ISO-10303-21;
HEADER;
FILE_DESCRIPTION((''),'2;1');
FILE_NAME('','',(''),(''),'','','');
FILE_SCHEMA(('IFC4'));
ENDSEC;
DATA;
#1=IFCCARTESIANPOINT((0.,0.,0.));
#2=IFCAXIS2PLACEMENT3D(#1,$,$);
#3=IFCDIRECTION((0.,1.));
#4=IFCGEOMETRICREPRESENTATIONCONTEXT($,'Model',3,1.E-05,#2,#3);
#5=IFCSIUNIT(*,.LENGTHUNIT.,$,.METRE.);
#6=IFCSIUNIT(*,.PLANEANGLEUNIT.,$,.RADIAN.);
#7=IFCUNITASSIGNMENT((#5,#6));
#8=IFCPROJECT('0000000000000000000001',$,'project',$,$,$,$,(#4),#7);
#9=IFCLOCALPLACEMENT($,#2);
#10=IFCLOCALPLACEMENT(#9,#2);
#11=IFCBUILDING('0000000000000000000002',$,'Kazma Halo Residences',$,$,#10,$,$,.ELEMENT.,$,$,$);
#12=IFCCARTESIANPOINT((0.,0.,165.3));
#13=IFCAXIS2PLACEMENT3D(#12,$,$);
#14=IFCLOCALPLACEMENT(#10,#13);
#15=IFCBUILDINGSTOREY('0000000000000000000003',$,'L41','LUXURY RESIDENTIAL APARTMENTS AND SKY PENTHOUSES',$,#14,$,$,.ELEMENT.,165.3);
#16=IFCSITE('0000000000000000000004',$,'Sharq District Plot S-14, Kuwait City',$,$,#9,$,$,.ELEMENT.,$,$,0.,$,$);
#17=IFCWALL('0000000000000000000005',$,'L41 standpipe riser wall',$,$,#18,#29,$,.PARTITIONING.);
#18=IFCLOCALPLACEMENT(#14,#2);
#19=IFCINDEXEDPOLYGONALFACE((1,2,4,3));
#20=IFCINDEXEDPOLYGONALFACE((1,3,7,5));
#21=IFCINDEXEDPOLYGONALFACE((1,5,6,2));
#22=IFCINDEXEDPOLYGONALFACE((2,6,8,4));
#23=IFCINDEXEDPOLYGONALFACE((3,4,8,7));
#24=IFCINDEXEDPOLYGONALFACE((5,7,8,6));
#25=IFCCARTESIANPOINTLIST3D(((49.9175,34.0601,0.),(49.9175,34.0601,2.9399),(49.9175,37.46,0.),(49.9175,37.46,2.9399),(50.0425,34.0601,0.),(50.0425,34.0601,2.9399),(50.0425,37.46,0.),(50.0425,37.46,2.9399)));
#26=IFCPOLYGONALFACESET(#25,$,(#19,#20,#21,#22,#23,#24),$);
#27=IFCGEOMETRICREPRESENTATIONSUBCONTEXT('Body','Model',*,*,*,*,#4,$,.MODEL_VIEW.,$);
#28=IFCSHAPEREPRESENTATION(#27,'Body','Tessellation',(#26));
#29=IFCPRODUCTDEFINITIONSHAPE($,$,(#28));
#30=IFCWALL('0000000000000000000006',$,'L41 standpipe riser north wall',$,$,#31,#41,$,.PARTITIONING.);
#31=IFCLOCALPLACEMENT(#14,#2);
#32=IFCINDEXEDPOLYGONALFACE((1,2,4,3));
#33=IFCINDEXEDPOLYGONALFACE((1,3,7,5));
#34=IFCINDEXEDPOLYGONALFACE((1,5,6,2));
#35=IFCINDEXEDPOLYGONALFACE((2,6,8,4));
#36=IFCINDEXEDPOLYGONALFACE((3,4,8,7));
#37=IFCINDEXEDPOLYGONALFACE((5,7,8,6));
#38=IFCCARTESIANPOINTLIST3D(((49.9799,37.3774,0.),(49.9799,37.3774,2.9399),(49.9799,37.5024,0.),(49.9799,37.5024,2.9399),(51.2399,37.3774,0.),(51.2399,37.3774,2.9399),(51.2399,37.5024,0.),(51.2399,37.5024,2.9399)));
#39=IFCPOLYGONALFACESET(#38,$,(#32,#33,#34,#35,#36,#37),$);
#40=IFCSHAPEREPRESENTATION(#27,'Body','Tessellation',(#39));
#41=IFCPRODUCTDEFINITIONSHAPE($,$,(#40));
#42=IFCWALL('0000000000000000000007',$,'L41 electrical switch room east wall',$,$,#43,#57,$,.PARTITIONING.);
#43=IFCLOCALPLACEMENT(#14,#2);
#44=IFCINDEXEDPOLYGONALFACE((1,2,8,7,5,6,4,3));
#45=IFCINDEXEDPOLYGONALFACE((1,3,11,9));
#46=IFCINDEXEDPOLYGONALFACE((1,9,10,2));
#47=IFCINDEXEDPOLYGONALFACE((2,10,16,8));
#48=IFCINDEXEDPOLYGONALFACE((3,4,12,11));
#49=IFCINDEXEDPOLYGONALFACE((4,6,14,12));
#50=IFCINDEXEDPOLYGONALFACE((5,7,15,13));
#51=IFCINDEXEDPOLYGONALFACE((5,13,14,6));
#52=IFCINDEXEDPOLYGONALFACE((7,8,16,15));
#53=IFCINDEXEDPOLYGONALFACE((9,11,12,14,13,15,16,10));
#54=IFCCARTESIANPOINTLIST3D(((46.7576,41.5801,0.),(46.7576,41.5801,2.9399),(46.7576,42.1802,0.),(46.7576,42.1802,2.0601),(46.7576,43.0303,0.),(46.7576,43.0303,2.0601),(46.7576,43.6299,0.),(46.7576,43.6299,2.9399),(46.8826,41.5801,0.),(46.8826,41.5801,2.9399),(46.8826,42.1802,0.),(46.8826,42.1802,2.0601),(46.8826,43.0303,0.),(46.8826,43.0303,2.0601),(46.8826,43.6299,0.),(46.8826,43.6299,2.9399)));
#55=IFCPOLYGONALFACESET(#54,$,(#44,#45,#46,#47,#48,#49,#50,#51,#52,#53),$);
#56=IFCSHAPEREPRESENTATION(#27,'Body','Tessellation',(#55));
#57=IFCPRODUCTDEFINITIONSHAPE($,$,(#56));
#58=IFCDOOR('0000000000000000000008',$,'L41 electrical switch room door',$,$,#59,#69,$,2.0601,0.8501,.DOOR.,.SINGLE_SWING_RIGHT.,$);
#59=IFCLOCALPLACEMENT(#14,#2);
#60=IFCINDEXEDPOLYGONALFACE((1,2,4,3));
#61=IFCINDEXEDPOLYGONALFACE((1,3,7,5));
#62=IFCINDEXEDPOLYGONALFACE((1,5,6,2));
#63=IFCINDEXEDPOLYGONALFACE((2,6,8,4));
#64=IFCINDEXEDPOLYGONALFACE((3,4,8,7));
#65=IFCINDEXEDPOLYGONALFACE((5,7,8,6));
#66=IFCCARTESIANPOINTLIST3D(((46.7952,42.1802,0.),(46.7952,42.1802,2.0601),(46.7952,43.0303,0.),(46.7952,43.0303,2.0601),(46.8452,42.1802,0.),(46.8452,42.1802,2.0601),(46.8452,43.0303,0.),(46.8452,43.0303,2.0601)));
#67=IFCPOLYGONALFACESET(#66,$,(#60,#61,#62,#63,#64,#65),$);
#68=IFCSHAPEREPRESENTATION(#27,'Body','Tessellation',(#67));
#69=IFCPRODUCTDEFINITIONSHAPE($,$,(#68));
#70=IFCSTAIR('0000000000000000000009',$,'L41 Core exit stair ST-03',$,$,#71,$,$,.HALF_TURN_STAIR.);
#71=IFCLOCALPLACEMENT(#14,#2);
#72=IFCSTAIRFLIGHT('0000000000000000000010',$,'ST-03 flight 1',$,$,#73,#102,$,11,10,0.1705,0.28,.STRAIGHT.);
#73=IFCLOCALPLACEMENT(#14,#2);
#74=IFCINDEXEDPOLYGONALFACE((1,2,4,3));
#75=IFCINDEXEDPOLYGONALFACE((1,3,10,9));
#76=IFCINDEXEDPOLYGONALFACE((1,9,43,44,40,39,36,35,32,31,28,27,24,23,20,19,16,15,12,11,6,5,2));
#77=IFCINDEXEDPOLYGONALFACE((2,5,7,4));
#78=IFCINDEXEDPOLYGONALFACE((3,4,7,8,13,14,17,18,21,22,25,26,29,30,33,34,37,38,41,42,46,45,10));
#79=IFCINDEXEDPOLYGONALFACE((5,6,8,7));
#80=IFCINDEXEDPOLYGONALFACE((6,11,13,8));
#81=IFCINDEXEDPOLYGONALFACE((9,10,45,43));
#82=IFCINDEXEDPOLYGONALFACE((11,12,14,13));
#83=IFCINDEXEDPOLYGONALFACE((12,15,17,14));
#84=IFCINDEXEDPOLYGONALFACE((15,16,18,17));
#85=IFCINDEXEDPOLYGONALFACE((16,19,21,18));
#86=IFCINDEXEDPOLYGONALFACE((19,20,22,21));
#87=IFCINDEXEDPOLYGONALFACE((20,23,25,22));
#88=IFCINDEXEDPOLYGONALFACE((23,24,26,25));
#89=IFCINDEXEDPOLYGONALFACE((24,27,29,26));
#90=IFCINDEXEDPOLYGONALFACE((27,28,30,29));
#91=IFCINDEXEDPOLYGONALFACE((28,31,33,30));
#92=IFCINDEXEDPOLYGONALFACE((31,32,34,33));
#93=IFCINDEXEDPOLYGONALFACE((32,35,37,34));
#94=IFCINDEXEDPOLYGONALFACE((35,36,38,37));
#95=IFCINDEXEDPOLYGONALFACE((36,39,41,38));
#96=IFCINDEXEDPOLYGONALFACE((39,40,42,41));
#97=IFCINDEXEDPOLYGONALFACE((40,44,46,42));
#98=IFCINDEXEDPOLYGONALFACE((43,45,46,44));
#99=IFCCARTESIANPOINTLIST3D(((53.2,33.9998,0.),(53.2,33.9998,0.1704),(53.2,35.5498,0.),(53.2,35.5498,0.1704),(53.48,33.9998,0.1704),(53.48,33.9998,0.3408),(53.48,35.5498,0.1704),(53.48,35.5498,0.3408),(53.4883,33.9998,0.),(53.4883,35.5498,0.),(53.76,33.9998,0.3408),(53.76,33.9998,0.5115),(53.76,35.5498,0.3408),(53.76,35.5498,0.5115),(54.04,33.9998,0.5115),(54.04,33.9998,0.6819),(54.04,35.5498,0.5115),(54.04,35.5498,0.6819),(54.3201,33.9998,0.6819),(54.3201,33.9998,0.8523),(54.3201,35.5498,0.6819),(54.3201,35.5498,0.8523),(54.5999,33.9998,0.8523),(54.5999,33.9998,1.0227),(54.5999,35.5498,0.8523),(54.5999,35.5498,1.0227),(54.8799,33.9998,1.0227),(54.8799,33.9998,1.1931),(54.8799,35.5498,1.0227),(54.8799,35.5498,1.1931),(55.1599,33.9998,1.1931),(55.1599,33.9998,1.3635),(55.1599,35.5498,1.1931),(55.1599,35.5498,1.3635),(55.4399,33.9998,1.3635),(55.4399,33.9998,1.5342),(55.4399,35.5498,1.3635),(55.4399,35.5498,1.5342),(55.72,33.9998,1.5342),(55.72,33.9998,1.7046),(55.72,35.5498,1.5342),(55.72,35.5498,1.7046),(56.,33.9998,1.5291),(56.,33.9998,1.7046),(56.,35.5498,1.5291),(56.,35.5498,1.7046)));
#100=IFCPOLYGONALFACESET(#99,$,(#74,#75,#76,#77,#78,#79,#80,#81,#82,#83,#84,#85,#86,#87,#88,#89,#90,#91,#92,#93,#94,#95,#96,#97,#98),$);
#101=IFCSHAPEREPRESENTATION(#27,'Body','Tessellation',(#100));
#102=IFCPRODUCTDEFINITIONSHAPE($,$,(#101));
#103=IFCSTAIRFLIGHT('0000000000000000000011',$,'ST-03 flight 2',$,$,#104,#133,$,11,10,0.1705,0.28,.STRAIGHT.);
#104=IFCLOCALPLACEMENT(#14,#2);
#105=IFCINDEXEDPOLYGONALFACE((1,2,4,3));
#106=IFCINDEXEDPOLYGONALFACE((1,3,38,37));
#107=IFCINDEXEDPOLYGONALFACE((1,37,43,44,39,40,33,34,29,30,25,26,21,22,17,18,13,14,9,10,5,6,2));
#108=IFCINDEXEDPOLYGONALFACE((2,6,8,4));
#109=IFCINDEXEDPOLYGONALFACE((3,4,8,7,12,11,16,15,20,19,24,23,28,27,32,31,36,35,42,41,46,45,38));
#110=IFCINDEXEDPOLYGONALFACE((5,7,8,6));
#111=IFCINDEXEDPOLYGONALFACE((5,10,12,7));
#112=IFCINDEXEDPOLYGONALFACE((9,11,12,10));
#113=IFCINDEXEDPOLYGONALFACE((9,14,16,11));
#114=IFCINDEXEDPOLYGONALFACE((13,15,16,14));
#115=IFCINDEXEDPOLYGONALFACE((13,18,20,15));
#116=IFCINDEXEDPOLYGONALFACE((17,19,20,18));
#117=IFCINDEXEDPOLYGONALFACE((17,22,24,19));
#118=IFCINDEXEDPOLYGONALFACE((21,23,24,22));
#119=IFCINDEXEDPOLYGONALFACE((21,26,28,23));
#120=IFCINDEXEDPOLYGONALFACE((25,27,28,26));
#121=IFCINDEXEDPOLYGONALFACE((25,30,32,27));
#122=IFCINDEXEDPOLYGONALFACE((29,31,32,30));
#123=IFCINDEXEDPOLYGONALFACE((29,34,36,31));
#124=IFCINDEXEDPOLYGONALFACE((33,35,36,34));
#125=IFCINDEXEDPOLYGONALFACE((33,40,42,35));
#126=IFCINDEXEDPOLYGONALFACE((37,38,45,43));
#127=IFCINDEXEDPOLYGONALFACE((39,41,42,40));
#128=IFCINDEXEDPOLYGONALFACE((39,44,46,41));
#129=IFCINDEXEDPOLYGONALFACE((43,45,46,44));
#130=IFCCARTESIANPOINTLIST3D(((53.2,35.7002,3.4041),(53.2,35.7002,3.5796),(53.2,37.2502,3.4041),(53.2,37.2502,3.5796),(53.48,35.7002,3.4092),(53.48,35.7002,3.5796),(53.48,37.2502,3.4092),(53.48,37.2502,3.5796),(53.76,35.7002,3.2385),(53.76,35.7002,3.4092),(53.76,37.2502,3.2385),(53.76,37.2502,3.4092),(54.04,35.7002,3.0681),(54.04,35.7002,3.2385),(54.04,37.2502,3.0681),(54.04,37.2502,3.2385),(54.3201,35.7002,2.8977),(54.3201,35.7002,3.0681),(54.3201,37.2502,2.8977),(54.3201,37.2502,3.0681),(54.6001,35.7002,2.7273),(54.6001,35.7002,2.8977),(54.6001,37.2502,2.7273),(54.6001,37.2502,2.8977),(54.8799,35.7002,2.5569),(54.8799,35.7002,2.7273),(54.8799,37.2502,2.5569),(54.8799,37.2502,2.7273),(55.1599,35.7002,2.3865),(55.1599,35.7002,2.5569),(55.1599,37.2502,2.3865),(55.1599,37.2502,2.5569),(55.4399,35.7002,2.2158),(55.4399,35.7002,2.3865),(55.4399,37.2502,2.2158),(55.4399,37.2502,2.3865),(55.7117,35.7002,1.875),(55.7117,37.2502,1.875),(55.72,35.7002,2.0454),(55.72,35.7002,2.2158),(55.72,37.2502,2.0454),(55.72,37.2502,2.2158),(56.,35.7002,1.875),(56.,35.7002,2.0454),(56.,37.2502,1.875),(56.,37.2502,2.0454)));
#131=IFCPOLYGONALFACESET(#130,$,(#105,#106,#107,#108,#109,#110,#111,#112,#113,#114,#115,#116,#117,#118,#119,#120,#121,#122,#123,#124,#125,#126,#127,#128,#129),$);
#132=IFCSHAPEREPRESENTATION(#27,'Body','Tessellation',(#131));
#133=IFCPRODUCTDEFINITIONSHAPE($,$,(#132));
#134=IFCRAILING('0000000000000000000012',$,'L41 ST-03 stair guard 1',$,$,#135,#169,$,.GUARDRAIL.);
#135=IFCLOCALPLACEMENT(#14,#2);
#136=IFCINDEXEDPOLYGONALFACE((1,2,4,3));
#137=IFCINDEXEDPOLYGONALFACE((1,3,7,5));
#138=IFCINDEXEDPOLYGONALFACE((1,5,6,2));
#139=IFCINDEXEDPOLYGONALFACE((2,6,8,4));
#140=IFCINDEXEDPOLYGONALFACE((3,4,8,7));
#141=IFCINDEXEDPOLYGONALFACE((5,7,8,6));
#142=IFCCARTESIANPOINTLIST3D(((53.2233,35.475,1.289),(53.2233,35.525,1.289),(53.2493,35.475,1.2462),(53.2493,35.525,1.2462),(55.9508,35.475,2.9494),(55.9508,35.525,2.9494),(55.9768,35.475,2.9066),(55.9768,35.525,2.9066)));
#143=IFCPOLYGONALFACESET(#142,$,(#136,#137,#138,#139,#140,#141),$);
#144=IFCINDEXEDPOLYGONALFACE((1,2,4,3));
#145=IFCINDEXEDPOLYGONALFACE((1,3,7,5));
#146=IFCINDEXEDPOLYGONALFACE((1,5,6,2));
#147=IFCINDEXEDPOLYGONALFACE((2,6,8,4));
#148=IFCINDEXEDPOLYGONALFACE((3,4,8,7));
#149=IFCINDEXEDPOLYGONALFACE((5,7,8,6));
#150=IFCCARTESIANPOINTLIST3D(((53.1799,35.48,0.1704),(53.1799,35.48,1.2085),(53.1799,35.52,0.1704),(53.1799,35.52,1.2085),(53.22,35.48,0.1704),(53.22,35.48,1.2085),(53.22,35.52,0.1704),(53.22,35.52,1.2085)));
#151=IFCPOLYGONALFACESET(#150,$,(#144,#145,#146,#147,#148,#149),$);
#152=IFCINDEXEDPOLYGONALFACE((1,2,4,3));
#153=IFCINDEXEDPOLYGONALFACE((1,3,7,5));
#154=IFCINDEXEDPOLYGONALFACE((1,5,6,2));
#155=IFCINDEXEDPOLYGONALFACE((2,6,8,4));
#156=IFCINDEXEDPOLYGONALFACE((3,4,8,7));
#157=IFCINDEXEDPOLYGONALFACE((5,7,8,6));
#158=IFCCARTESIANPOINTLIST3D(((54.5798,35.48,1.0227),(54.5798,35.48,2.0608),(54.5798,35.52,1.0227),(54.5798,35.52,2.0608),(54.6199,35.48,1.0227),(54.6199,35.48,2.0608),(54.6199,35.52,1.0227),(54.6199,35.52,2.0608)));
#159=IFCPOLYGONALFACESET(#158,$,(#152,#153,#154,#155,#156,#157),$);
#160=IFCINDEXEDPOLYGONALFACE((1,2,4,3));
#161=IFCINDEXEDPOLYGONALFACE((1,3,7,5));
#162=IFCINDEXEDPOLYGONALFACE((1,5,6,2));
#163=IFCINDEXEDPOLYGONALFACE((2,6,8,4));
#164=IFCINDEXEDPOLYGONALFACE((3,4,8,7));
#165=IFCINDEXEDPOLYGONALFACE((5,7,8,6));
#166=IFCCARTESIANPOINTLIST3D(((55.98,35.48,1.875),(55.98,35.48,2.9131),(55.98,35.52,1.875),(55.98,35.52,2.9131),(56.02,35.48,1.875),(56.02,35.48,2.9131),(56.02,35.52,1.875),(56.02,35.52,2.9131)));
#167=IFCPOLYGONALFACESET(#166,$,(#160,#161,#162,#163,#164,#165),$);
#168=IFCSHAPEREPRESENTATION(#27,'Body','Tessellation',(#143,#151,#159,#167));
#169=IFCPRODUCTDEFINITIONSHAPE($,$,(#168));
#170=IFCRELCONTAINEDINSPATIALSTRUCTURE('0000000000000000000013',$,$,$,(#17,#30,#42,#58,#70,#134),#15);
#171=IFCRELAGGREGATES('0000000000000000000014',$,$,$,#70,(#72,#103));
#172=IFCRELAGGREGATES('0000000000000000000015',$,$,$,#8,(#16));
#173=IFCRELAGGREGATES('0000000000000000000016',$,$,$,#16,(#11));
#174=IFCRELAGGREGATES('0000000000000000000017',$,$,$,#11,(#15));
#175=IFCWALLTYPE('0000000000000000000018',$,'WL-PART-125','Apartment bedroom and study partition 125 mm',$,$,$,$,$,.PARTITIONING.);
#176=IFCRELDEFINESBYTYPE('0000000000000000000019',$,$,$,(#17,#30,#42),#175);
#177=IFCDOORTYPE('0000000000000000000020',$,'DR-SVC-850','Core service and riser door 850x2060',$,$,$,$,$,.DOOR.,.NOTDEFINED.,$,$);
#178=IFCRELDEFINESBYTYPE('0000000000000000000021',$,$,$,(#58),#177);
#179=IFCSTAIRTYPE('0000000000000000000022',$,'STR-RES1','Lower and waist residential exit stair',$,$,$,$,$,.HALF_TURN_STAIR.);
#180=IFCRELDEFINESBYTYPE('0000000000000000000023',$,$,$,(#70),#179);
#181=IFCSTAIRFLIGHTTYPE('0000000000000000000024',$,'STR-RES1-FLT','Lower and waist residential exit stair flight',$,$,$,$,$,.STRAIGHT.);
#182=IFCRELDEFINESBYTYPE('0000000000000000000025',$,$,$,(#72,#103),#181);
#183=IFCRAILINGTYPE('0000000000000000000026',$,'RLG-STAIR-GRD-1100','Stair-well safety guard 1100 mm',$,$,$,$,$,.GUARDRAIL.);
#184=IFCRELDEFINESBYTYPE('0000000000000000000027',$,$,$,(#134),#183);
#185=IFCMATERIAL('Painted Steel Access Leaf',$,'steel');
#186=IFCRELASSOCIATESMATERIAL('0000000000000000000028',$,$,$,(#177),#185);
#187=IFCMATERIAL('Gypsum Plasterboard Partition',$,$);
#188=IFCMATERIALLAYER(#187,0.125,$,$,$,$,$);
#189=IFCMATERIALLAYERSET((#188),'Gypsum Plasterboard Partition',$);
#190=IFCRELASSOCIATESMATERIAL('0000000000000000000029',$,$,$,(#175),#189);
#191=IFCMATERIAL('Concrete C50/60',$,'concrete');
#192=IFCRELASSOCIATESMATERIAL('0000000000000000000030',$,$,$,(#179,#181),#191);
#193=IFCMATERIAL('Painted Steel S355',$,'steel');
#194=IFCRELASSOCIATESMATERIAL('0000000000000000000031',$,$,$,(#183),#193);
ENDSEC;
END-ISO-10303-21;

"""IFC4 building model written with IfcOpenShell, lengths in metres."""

from ifc_helpers import new_model, si_unit, direction, frame, frame_2d, origin, origin_2d, place, context, subcontext, project, spatial, polyline, rectangle, outline, extrude, material, layer, layer_set, type_object, element, fill, aggregate, save


model = new_model("IFC4")

# Units and contexts
model_context = context("Model", 3, precision=1e-05, world=origin(), true_north=direction((0.0, 1.0)))
body_context = subcontext(model_context, "Body", "Model", "MODEL_VIEW")
ifc_project = project(units=[si_unit("LENGTHUNIT", "METRE"), si_unit("PLANEANGLEUNIT", "RADIAN")], contexts=[model_context])

# Site, building, storey
site_placement = place(None, origin())
site = spatial("IfcSite", under=ifc_project, at=site_placement, Name="Sharq District Plot S-14, Kuwait City", CompositionType="ELEMENT", RefElevation=0.0)
building_placement = place(site_placement, origin())
building = spatial("IfcBuilding", under=site, at=building_placement, Name="Kazma Halo Residences", CompositionType="ELEMENT")
storey_placement = place(building_placement, frame((0.0, 0.0, 165.3)))
storey = spatial("IfcBuildingStorey", under=building, at=storey_placement, Name="L41", Description="LUXURY RESIDENTIAL APARTMENTS AND SKY PENTHOUSES", CompositionType="ELEMENT", Elevation=165.3)

# Shared definitions
ifc_material_1 = material(Name="Painted Steel Access Leaf", Category="steel")
door_type_1 = type_object("IfcDoorType", Name="DR-SVC-850", Description="Core service and riser door 850x2060", OperationType="NOTDEFINED", PredefinedType="DOOR", material=ifc_material_1)

# Walls
ifc_material_2 = material(Name="Gypsum Plasterboard Partition")
ifc_layer_1 = layer(ifc_material_2, 0.125)
ifc_layer_set_1 = layer_set([ifc_layer_1], Name="Gypsum Plasterboard Partition")
wall_type_1 = type_object("IfcWallType", Name="WL-PART-125", Description="Apartment bedroom and study partition 125 mm", PredefinedType="PARTITIONING", material=ifc_layer_set_1)
wall_1_placement = place(storey_placement, frame((49.98, 34.0601, 0.0), z_axis=(0.0, 0.0, 1.0), x_axis=(0.0, 1.0, 0.0)))
element("IfcWall", 1, at=wall_1_placement, inside=storey, type_object=wall_type_1, Name="L41 standpipe riser wall", PredefinedType="PARTITIONING", context=body_context, shape_type="SweptSolid", body=[
    extrude(rectangle(XDim=3.3999, YDim=0.125, at=frame_2d((1.7, 0.0))), origin(), (0.0, 0.0, 1.0), 2.9399),
])
wall_2_placement = place(storey_placement, frame((49.98, 37.4399, 0.0), z_axis=(0.0, 0.0, 1.0), x_axis=(1.0, 0.0, 0.0)))
element("IfcWall", 2, at=wall_2_placement, inside=storey, type_object=wall_type_1, Name="L41 standpipe riser north wall", PredefinedType="PARTITIONING", context=body_context, shape_type="SweptSolid", body=[
    extrude(rectangle(XDim=1.26, YDim=0.125, at=frame_2d((0.6299, 0.0))), origin(), (0.0, 0.0, 1.0), 2.9399),
])

# Wall, opening, door
wall_3_placement = place(storey_placement, frame((46.8201, 41.5801, 0.0), z_axis=(0.0, 0.0, 1.0), x_axis=(0.0, 1.0, 0.0)))
wall_3 = element("IfcWall", 3, at=wall_3_placement, inside=storey, type_object=wall_type_1, Name="L41 electrical switch room east wall", PredefinedType="PARTITIONING", context=body_context, shape_type="SweptSolid", body=[
    extrude(rectangle(XDim=2.0498, YDim=0.125, at=frame_2d((1.0249, 0.0))), origin(), (0.0, 0.0, 1.0), 2.9399),
])
opening_1_placement = place(wall_3_placement, frame((0.6001, 0.0, 0.0)))
opening_1 = element("IfcOpeningElement", 4, at=opening_1_placement, cuts=wall_3, PredefinedType="OPENING", context=body_context, shape_type="SweptSolid", body=[
    extrude(rectangle(XDim=0.8501, YDim=2.0601, at=frame_2d((0.425, 1.03))), frame((0.0, 0.0725, 0.0), z_axis=(0.0, -1.0, 0.0), x_axis=(1.0, 0.0, 0.0)), (0.0, 0.0, 1.0), 0.145),
])
door_1_placement = place(opening_1_placement, origin())
door_1 = element("IfcDoor", 5, at=door_1_placement, inside=storey, type_object=door_type_1, Name="L41 electrical switch room door", OperationType="SINGLE_SWING_RIGHT", OverallHeight=2.0601, OverallWidth=0.8501, PredefinedType="DOOR", context=body_context, shape_type="SweptSolid", body=[
    extrude(rectangle(XDim=0.8501, YDim=2.0601, at=frame_2d((0.425, 1.03))), frame((0.0, 0.0249, 0.0), z_axis=(0.0, -1.0, 0.0), x_axis=(1.0, 0.0, 0.0)), (0.0, 0.0, 1.0), 0.05),
])
fill(opening_1, door_1)
ifc_material_3 = material(Name="Concrete C50/60", Category="concrete")

# Stair, stair flights
stair_type = type_object("IfcStairType", Name="STR-RES1", Description="Lower and waist residential exit stair", PredefinedType="HALF_TURN_STAIR", material=ifc_material_3)
stair_placement = place(storey_placement, origin())
stair = element("IfcStair", 6, at=stair_placement, inside=storey, type_object=stair_type, Name="L41 Core exit stair ST-03", PredefinedType="HALF_TURN_STAIR")
stair_flight_type = type_object("IfcStairFlightType", Name="STR-RES1-FLT", Description="Lower and waist residential exit stair flight", PredefinedType="STRAIGHT", material=ifc_material_3)
stair_flight_1_placement = place(storey_placement, frame((53.2, 34.7749, 0.0), z_axis=(0.0, 0.0, 1.0), x_axis=(1.0, 0.0, 0.0)))
stair_flight_1 = element("IfcStairFlight", 7, at=stair_flight_1_placement, type_object=stair_flight_type, Name="ST-03 flight 1", NumberOfRisers=11, NumberOfTreads=10, PredefinedType="STRAIGHT", RiserHeight=0.1705, TreadLength=0.28, context=body_context, shape_type="SweptSolid", body=[
    extrude(outline(polyline([(0.0, 0.0), (0.0, 0.1704), (0.28, 0.1704), (0.28, 0.3408), (0.5601, 0.3408), (0.5601, 0.5115), (0.8401, 0.5115), (0.8401, 0.6819), (1.1201, 0.6819), (1.1201, 0.8523), (1.3999, 0.8523), (1.3999, 1.0227), (1.6799, 1.0227), (1.6799, 1.1931), (1.96, 1.1931), (1.96, 1.3635), (2.24, 1.3635), (2.24, 1.5342), (2.52, 1.5342), (2.52, 1.7046), (2.8, 1.7046), (2.8, 1.875), (2.8, 1.5291), (0.2883, 0.0), (0.0, 0.0)])), frame((0.0, 0.7749, 0.0), z_axis=(0.0, -1.0, 0.0), x_axis=(1.0, 0.0, 0.0)), (0.0, 0.0, 1.0), 1.55),
])
stair_flight_2_placement = place(storey_placement, frame((56.0, 36.4751, 1.875), z_axis=(0.0, 0.0, 1.0), x_axis=(-1.0, 0.0, 0.0)))
stair_flight_2 = element("IfcStairFlight", 8, at=stair_flight_2_placement, type_object=stair_flight_type, Name="ST-03 flight 2", NumberOfRisers=11, NumberOfTreads=10, PredefinedType="STRAIGHT", RiserHeight=0.1705, TreadLength=0.28, context=body_context, shape_type="SweptSolid", body=[
    extrude(outline(polyline([(0.0, 0.0), (0.0, 0.1704), (0.28, 0.1704), (0.28, 0.3408), (0.5601, 0.3408), (0.5601, 0.5115), (0.8401, 0.5115), (0.8401, 0.6819), (1.1201, 0.6819), (1.1201, 0.8523), (1.3999, 0.8523), (1.3999, 1.0227), (1.6799, 1.0227), (1.6799, 1.1931), (1.96, 1.1931), (1.96, 1.3635), (2.24, 1.3635), (2.24, 1.5342), (2.52, 1.5342), (2.52, 1.7046), (2.8, 1.7046), (2.8, 1.875), (2.8, 1.5291), (0.2883, 0.0), (0.0, 0.0)])), frame((0.0, 0.7749, 0.0), z_axis=(0.0, -1.0, 0.0), x_axis=(1.0, 0.0, 0.0)), (0.0, 0.0, 1.0), 1.55),
])
aggregate(stair, [stair_flight_1, stair_flight_2])

# Railing
ifc_material_4 = material(Name="Painted Steel S355", Category="steel")
railing_type_1 = type_object("IfcRailingType", Name="RLG-STAIR-GRD-1100", Description="Stair-well safety guard 1100 mm", PredefinedType="GUARDRAIL", material=ifc_material_4)
railing_1_placement = place(storey_placement, frame((53.2, 35.5, 0.1704)))
element("IfcRailing", 9, at=railing_1_placement, inside=storey, type_object=railing_type_1, Name="L41 ST-03 stair guard 1", PredefinedType="GUARDRAIL", context=body_context, shape_type="SweptSolid", body=[
    extrude(rectangle(XDim=0.05, YDim=0.05, at=origin_2d()), frame((0.0364, 0.0, 1.0972), z_axis=(0.85417, 0.0, 0.519994), x_axis=(0.0, 1.0, 0.0)), (0.0, 0.0, 1.0), 3.1931),
    extrude(rectangle(XDim=0.04, YDim=0.04, at=origin_2d()), origin(), (0.0, 0.0, 1.0), 1.0381),
    extrude(rectangle(XDim=0.04, YDim=0.04, at=origin_2d()), frame((1.3999, 0.0, 0.8523)), (0.0, 0.0, 1.0), 1.0381),
    extrude(rectangle(XDim=0.04, YDim=0.04, at=origin_2d()), frame((2.8, 0.0, 1.7046)), (0.0, 0.0, 1.0), 1.0381),
])

save(model, "model.ifc")
